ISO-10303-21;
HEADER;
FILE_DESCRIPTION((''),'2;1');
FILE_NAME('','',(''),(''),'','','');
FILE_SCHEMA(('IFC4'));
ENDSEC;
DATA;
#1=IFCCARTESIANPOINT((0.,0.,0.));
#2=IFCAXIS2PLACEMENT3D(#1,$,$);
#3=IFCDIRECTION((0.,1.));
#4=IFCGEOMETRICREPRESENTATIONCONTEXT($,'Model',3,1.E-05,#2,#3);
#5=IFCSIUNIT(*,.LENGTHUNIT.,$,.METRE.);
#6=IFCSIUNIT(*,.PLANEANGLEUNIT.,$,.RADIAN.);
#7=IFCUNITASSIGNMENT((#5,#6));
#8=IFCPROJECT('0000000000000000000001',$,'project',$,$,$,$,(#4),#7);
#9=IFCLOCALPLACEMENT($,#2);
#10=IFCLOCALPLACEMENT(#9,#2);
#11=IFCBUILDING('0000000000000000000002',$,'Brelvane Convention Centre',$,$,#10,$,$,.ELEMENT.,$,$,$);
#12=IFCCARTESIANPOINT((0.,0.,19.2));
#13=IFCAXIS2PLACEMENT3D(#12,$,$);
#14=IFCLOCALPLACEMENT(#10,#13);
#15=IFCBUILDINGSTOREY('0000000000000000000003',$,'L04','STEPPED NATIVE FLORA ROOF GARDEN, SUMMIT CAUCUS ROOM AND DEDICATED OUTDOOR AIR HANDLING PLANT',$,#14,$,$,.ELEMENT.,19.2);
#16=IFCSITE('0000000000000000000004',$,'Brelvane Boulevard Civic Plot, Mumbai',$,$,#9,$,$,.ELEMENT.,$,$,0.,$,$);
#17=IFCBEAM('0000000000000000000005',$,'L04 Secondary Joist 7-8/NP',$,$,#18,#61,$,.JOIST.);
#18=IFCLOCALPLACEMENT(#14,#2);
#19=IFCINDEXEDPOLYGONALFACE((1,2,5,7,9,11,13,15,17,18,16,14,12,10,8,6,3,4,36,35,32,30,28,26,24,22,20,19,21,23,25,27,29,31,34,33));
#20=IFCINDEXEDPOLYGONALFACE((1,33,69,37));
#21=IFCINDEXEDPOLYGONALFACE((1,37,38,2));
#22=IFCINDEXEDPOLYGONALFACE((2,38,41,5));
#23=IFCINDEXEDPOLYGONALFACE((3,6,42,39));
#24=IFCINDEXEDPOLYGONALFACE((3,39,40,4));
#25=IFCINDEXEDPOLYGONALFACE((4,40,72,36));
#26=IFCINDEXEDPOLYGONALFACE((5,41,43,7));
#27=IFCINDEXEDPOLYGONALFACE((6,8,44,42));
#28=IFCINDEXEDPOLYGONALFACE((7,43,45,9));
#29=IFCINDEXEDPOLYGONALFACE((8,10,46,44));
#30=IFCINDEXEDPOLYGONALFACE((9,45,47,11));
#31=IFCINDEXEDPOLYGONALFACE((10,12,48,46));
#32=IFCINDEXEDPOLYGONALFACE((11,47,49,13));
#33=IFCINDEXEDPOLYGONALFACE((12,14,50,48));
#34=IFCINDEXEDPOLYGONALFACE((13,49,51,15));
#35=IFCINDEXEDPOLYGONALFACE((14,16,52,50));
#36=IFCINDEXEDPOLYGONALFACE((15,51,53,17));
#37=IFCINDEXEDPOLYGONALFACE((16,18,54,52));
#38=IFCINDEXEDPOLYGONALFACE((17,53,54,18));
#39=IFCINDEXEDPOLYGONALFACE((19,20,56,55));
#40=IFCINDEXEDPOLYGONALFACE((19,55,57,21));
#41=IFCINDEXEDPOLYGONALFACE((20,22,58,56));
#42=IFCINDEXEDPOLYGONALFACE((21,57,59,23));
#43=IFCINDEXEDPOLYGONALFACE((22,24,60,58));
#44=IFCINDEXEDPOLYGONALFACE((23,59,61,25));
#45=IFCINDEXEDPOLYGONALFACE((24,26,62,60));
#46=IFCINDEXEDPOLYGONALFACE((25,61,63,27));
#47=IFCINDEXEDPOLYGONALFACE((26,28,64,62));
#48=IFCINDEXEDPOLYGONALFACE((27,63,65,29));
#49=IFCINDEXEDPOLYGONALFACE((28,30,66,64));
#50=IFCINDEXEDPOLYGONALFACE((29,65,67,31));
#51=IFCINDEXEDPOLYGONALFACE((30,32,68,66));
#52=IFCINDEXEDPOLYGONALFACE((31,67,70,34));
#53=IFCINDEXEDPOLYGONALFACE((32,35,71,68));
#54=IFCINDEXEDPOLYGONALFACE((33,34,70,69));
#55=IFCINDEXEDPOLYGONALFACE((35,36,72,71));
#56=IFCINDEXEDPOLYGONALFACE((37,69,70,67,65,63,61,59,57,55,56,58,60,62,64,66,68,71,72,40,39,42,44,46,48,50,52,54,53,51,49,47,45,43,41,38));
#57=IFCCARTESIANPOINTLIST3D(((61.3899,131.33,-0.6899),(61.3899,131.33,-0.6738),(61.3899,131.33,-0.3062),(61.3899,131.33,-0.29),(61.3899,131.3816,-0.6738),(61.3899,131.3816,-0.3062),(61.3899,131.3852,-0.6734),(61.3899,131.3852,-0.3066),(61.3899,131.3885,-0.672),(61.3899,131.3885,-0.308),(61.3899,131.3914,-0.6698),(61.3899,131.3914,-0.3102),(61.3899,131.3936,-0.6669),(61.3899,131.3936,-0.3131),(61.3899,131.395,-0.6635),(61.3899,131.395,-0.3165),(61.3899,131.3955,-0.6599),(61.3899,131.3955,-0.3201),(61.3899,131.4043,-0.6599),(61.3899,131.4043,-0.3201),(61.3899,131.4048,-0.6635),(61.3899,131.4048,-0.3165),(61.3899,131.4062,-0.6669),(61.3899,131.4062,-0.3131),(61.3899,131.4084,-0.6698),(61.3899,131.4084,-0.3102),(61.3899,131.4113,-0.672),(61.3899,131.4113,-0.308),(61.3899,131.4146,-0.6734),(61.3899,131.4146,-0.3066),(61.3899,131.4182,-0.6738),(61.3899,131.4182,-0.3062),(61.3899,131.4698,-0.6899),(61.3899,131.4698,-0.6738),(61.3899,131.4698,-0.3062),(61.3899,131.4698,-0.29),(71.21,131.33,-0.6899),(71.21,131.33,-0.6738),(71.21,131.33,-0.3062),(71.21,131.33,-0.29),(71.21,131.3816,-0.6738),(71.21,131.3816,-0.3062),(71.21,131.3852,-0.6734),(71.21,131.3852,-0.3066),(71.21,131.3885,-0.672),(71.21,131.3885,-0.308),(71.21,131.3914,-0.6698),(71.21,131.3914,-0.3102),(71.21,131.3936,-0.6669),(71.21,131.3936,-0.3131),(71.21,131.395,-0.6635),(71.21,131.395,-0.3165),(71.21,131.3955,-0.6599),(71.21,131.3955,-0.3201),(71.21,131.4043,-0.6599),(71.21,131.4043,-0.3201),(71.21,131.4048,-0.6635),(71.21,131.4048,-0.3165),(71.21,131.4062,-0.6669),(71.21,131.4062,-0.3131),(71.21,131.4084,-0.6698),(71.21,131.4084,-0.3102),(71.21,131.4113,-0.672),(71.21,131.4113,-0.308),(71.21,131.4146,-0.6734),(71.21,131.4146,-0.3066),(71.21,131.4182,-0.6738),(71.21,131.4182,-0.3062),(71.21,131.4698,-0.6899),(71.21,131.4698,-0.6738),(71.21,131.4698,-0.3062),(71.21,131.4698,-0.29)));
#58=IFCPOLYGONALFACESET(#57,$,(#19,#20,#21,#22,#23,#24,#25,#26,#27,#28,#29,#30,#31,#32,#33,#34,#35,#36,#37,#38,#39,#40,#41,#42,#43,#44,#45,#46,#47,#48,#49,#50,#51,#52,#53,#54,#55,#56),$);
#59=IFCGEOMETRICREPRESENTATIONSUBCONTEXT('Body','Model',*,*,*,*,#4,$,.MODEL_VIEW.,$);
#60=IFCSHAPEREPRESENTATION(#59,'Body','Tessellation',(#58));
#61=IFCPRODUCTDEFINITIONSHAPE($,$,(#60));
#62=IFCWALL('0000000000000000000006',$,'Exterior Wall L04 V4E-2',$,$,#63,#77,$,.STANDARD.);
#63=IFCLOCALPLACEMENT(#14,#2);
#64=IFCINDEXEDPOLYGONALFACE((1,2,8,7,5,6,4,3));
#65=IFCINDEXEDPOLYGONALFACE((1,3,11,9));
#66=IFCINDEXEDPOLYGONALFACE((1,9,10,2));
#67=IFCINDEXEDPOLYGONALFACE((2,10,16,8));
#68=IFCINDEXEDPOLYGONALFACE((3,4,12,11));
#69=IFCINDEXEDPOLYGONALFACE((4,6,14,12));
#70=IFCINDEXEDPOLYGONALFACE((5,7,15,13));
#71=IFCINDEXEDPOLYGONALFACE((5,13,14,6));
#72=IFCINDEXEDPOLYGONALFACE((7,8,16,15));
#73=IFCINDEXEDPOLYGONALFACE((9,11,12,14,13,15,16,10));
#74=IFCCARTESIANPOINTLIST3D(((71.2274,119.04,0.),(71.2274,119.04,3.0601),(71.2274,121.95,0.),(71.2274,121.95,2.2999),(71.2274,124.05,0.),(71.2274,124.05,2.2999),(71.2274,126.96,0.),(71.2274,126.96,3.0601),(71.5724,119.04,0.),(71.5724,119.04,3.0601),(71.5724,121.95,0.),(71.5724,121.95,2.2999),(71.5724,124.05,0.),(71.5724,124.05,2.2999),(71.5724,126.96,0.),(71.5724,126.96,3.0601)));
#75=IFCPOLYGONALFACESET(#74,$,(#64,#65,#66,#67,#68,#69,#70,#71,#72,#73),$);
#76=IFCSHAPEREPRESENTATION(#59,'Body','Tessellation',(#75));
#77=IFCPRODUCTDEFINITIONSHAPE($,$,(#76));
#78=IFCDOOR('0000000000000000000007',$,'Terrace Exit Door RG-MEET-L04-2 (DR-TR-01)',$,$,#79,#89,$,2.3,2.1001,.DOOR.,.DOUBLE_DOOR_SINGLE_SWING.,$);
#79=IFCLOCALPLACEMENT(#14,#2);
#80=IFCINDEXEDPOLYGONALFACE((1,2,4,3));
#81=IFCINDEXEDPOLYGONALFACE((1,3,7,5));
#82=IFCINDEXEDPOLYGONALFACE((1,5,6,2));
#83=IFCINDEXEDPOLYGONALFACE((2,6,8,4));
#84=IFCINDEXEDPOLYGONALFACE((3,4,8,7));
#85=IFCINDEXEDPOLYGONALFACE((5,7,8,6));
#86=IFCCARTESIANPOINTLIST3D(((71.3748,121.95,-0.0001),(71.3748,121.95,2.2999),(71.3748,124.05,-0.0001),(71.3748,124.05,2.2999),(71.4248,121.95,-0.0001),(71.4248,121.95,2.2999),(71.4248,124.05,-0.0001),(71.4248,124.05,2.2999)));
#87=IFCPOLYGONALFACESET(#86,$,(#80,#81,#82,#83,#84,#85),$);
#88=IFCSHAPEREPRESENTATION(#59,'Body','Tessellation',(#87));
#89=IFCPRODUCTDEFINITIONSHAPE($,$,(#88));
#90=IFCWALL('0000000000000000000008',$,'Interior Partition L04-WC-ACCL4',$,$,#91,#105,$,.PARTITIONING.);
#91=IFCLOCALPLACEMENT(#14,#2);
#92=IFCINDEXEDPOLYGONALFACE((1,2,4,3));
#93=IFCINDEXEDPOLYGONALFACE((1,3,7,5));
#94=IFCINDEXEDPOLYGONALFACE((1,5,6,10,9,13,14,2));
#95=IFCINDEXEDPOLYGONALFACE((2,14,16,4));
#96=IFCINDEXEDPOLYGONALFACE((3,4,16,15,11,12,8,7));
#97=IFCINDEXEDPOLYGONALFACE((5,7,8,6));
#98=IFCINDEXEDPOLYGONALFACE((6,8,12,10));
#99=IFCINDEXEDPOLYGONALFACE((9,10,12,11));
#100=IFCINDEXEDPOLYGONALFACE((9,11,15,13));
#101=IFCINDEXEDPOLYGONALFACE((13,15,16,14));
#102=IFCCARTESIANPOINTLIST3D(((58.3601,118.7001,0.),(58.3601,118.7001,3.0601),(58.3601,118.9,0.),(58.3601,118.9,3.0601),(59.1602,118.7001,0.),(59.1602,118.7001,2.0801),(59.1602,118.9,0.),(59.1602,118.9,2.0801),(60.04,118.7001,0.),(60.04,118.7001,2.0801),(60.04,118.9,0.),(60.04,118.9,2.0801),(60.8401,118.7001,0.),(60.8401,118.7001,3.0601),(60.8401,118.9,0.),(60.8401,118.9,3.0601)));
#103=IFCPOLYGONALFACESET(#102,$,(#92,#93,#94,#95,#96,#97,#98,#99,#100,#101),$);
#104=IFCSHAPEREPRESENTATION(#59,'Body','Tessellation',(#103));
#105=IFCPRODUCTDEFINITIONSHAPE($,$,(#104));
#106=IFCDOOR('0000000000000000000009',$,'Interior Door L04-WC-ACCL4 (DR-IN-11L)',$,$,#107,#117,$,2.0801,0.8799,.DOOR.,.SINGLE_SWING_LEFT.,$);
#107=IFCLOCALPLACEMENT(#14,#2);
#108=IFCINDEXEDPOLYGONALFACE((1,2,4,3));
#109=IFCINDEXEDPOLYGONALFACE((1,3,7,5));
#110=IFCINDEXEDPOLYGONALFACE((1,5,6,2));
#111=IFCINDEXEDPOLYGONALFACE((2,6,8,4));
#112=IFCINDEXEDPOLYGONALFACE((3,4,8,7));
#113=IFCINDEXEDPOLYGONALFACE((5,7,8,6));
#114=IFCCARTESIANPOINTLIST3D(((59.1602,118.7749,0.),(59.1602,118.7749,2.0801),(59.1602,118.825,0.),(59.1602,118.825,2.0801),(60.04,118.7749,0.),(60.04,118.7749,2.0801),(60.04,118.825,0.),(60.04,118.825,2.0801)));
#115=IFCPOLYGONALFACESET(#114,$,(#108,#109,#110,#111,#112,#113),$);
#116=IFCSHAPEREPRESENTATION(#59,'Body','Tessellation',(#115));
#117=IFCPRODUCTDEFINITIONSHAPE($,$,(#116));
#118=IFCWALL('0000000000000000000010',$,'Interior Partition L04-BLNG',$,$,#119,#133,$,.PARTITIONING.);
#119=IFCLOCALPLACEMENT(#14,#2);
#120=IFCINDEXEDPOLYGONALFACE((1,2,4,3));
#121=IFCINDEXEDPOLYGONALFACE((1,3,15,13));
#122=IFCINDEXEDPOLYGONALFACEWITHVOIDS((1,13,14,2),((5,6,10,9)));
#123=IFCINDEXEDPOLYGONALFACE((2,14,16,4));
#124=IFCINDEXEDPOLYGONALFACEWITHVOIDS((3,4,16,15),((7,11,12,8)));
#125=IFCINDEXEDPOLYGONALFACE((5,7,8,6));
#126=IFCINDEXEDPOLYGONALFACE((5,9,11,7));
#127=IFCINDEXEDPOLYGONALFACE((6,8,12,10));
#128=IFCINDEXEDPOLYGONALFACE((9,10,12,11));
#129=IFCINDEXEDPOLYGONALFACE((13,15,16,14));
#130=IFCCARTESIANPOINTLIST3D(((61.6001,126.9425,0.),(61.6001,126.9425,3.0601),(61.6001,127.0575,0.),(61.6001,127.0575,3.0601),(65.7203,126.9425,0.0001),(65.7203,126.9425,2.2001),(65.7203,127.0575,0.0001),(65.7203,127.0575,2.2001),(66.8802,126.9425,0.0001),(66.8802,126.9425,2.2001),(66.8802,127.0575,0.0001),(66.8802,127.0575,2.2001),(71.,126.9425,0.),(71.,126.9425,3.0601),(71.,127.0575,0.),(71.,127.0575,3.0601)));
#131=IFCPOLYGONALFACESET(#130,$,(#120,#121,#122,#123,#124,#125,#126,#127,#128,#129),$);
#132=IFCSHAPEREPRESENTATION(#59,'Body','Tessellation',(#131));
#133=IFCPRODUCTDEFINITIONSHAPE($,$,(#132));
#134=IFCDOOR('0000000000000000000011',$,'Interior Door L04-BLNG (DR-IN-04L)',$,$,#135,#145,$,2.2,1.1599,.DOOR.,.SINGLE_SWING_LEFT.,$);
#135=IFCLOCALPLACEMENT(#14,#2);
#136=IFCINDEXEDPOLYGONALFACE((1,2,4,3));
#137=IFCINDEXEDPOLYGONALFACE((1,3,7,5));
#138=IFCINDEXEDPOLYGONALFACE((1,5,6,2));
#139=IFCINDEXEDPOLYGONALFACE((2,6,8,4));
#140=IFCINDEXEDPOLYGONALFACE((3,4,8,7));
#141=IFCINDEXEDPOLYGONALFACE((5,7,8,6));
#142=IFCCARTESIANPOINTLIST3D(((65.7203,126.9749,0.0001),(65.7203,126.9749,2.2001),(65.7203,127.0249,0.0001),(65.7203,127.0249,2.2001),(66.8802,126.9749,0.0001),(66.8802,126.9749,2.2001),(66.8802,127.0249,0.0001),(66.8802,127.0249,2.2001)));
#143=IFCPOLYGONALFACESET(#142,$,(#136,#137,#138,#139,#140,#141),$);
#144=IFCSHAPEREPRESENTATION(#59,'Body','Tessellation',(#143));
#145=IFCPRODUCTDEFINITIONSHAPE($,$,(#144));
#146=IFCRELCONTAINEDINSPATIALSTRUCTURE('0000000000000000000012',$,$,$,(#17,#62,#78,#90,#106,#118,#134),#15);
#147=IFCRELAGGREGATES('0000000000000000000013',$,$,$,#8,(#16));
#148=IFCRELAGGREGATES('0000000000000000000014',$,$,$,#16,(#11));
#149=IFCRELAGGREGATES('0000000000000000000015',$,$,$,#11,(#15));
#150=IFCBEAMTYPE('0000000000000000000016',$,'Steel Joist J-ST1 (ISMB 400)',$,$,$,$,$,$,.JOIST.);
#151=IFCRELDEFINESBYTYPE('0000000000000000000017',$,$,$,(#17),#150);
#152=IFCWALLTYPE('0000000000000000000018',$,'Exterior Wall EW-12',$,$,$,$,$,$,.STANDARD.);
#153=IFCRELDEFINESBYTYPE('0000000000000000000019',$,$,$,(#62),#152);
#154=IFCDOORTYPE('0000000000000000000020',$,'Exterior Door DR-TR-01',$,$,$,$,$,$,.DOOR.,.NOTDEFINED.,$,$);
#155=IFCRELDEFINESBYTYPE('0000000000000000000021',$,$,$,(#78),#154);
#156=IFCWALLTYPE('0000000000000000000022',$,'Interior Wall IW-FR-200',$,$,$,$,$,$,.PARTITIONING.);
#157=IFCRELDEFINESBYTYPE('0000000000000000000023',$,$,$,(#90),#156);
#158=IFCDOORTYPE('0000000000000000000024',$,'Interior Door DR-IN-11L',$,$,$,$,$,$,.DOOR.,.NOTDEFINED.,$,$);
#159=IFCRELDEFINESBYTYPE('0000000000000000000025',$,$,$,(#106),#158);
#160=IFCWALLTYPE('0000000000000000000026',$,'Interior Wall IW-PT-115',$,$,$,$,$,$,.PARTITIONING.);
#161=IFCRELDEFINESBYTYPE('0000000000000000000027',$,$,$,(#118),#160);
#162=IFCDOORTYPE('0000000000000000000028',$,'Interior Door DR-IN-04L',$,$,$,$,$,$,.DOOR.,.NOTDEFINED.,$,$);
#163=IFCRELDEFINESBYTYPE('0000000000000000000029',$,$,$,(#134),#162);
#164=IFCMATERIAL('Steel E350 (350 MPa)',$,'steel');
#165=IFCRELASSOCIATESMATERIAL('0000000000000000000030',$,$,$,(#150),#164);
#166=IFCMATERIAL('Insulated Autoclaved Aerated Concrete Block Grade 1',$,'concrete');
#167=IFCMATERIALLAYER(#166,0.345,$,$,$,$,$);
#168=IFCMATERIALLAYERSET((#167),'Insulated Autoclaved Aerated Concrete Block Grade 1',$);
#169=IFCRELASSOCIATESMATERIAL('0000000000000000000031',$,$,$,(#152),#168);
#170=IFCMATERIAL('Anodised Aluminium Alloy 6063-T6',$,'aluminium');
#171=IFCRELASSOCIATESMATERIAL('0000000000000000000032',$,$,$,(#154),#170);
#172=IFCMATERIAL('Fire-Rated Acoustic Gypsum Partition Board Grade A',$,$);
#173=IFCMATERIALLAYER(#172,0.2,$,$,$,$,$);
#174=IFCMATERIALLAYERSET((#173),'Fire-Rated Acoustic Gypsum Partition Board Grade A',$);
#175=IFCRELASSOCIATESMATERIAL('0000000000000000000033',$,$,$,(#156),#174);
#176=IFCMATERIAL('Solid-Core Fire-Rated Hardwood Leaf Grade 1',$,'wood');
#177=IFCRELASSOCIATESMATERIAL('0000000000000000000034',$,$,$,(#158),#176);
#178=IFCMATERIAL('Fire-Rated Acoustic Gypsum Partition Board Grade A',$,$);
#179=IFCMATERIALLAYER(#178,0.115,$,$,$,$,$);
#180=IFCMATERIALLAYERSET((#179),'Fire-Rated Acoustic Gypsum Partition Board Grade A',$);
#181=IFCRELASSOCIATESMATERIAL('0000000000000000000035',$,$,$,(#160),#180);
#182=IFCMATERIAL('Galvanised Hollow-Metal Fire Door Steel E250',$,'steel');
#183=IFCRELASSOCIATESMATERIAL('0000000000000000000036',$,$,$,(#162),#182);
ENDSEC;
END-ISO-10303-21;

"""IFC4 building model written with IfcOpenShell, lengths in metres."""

from ifc_helpers import new_model, si_unit, direction, frame, frame_2d, origin, origin_2d, place, context, subcontext, project, spatial, rectangle, i_section, extrude, material, layer, layer_set, material_profile, profile_set, type_object, element, fill, save


model = new_model("IFC4")

# Units and contexts
model_context = context("Model", 3, precision=1e-05, world=origin(), true_north=direction((0.0, 1.0)))
body_context = subcontext(model_context, "Body", "Model", "MODEL_VIEW")
ifc_project = project(units=[si_unit("LENGTHUNIT", "METRE"), si_unit("PLANEANGLEUNIT", "RADIAN")], contexts=[model_context])

# Site, building, storey
site_placement = place(None, origin())
site = spatial("IfcSite", under=ifc_project, at=site_placement, Name="Brelvane Boulevard Civic Plot, Mumbai", CompositionType="ELEMENT", RefElevation=0.0)
building_placement = place(site_placement, origin())
building = spatial("IfcBuilding", under=site, at=building_placement, Name="Brelvane Convention Centre", CompositionType="ELEMENT")
storey_placement = place(building_placement, frame((0.0, 0.0, 19.2)))
storey = spatial("IfcBuildingStorey", under=building, at=storey_placement, Name="L04", Description="STEPPED NATIVE FLORA ROOF GARDEN, SUMMIT CAUCUS ROOM AND DEDICATED OUTDOOR AIR HANDLING PLANT", CompositionType="ELEMENT", Elevation=19.2)

# Beam
ifc_material_1 = material(Name="Steel E350 (350 MPa)", Category="steel")
ifc_material_profile_1 = material_profile(ifc_material_1, i_section(OverallWidth=0.1399, OverallDepth=0.3999, WebThickness=0.0088, FlangeThickness=0.0161, FilletRadius=0.0139, at=origin_2d()), Name="ISMB 400")
ifc_profile_set_1 = profile_set([ifc_material_profile_1], Name="Steel E350 (350 MPa)")
beam_type_1 = type_object("IfcBeamType", Name="Steel Joist J-ST1 (ISMB 400)", PredefinedType="JOIST", material=ifc_profile_set_1)
for number, where, z_axis, x_axis, name in (
    (1, (61.3899, 131.3999, -0.49), (1.0, 0.0, 0.0), (0.0, 1.0, 0.0), "L04 Secondary Joist 7-8/NP"),
):
    element("IfcBeam", number, at=place(storey_placement, frame(where, z_axis=z_axis, x_axis=x_axis)), inside=storey, type_object=beam_type_1, Name=name, PredefinedType="JOIST", context=body_context, shape_type="SweptSolid", body=[
        extrude(i_section(OverallWidth=0.1399, OverallDepth=0.3999, WebThickness=0.0088, FlangeThickness=0.0161, FilletRadius=0.0139, at=origin_2d()), origin(), (0.0, 0.0, 1.0), 9.8201),
    ])

# Walls, openings, doors
ifc_material_2 = material(Name="Insulated Autoclaved Aerated Concrete Block Grade 1", Category="concrete")
ifc_layer_1 = layer(ifc_material_2, 0.345)
ifc_layer_set_1 = layer_set([ifc_layer_1], Name="Insulated Autoclaved Aerated Concrete Block Grade 1")
wall_type_1 = type_object("IfcWallType", Name="Exterior Wall EW-12", PredefinedType="STANDARD", material=ifc_layer_set_1)
wall_1_placement = place(storey_placement, frame((71.3999, 119.04, 0.0), z_axis=(0.0, 0.0, 1.0), x_axis=(0.0, 1.0, 0.0)))
wall_1 = element("IfcWall", 2, at=wall_1_placement, inside=storey, type_object=wall_type_1, Name="Exterior Wall L04 V4E-2", PredefinedType="STANDARD", context=body_context, shape_type="SweptSolid", body=[
    extrude(rectangle(XDim=7.9199, YDim=0.345, at=frame_2d((3.96, 0.0))), origin(), (0.0, 0.0, 1.0), 3.0601),
])
opening_1_placement = place(wall_1_placement, frame((2.9099, 0.0, 0.0)))
opening_1 = element("IfcOpeningElement", 3, at=opening_1_placement, cuts=wall_1, PredefinedType="OPENING", context=body_context, shape_type="SweptSolid", body=[
    extrude(rectangle(XDim=2.1001, YDim=2.3, at=frame_2d((1.05, 1.1499))), frame((0.0, 0.1824, 0.0), z_axis=(0.0, -1.0, 0.0), x_axis=(1.0, 0.0, 0.0)), (0.0, 0.0, 1.0), 0.365),
])
ifc_material_3 = material(Name="Anodised Aluminium Alloy 6063-T6", Category="aluminium")
door_type_1 = type_object("IfcDoorType", Name="Exterior Door DR-TR-01", OperationType="NOTDEFINED", PredefinedType="DOOR", material=ifc_material_3)
door_1_placement = place(opening_1_placement, frame((2.1001, 0.0, 0.0), z_axis=(0.0, 0.0, 1.0), x_axis=(-1.0, 0.0, 0.0)))
door_1 = element("IfcDoor", 4, at=door_1_placement, inside=storey, type_object=door_type_1, Name="Terrace Exit Door RG-MEET-L04-2 (DR-TR-01)", OperationType="DOUBLE_DOOR_SINGLE_SWING", OverallHeight=2.3, OverallWidth=2.1001, PredefinedType="DOOR", context=body_context, shape_type="SweptSolid", body=[
    extrude(rectangle(XDim=2.1001, YDim=2.3, at=frame_2d((1.05, 1.1499))), frame((0.0, 0.0249, 0.0), z_axis=(0.0, -1.0, 0.0), x_axis=(1.0, 0.0, 0.0)), (0.0, 0.0, 1.0), 0.05),
])
fill(opening_1, door_1)
ifc_material_4 = material(Name="Fire-Rated Acoustic Gypsum Partition Board Grade A")
ifc_layer_2 = layer(ifc_material_4, 0.2)
ifc_layer_set_2 = layer_set([ifc_layer_2], Name="Fire-Rated Acoustic Gypsum Partition Board Grade A")
wall_type_2 = type_object("IfcWallType", Name="Interior Wall IW-FR-200", PredefinedType="PARTITIONING", material=ifc_layer_set_2)
wall_2_placement = place(storey_placement, frame((58.3601, 118.8, 0.0), z_axis=(0.0, 0.0, 1.0), x_axis=(1.0, 0.0, 0.0)))
wall_2 = element("IfcWall", 5, at=wall_2_placement, inside=storey, type_object=wall_type_2, Name="Interior Partition L04-WC-ACCL4", PredefinedType="PARTITIONING", context=body_context, shape_type="SweptSolid", body=[
    extrude(rectangle(XDim=2.48, YDim=0.2, at=frame_2d((1.24, 0.0))), origin(), (0.0, 0.0, 1.0), 3.0601),
])
opening_2_placement = place(wall_2_placement, frame((0.8, 0.0, 0.0)))
opening_2 = element("IfcOpeningElement", 6, at=opening_2_placement, cuts=wall_2, PredefinedType="OPENING", context=body_context, shape_type="SweptSolid", body=[
    extrude(rectangle(XDim=0.8799, YDim=2.0801, at=frame_2d((0.4399, 1.04))), frame((0.0, 0.1099, 0.0), z_axis=(0.0, -1.0, 0.0), x_axis=(1.0, 0.0, 0.0)), (0.0, 0.0, 1.0), 0.22),
])
ifc_material_5 = material(Name="Solid-Core Fire-Rated Hardwood Leaf Grade 1", Category="wood")
door_type_2 = type_object("IfcDoorType", Name="Interior Door DR-IN-11L", OperationType="NOTDEFINED", PredefinedType="DOOR", material=ifc_material_5)
door_2_placement = place(opening_2_placement, origin())
door_2 = element("IfcDoor", 7, at=door_2_placement, inside=storey, type_object=door_type_2, Name="Interior Door L04-WC-ACCL4 (DR-IN-11L)", OperationType="SINGLE_SWING_LEFT", OverallHeight=2.0801, OverallWidth=0.8799, PredefinedType="DOOR", context=body_context, shape_type="SweptSolid", body=[
    extrude(rectangle(XDim=0.8799, YDim=2.0801, at=frame_2d((0.4399, 1.04))), frame((0.0, 0.0249, 0.0), z_axis=(0.0, -1.0, 0.0), x_axis=(1.0, 0.0, 0.0)), (0.0, 0.0, 1.0), 0.05),
])
fill(opening_2, door_2)
ifc_material_6 = material(Name="Fire-Rated Acoustic Gypsum Partition Board Grade A")
ifc_layer_3 = layer(ifc_material_6, 0.115)
ifc_layer_set_3 = layer_set([ifc_layer_3], Name="Fire-Rated Acoustic Gypsum Partition Board Grade A")
wall_type_3 = type_object("IfcWallType", Name="Interior Wall IW-PT-115", PredefinedType="PARTITIONING", material=ifc_layer_set_3)
wall_3_placement = place(storey_placement, frame((61.6001, 127.0, 0.0), z_axis=(0.0, 0.0, 1.0), x_axis=(1.0, 0.0, 0.0)))
wall_3 = element("IfcWall", 8, at=wall_3_placement, inside=storey, type_object=wall_type_3, Name="Interior Partition L04-BLNG", PredefinedType="PARTITIONING", context=body_context, shape_type="SweptSolid", body=[
    extrude(rectangle(XDim=9.3999, YDim=0.115, at=frame_2d((4.7, 0.0))), origin(), (0.0, 0.0, 1.0), 3.0601),
])
opening_3_placement = place(wall_3_placement, frame((4.1201, 0.0, 0.0)))
opening_3 = element("IfcOpeningElement", 9, at=opening_3_placement, cuts=wall_3, PredefinedType="OPENING", context=body_context, shape_type="SweptSolid", body=[
    extrude(rectangle(XDim=1.1599, YDim=2.2, at=frame_2d((0.5801, 1.1001))), frame((0.0, 0.0674, 0.0), z_axis=(0.0, -1.0, 0.0), x_axis=(1.0, 0.0, 0.0)), (0.0, 0.0, 1.0), 0.135),
])
ifc_material_7 = material(Name="Galvanised Hollow-Metal Fire Door Steel E250", Category="steel")
door_type_3 = type_object("IfcDoorType", Name="Interior Door DR-IN-04L", OperationType="NOTDEFINED", PredefinedType="DOOR", material=ifc_material_7)
door_3_placement = place(opening_3_placement, origin())
door_3 = element("IfcDoor", 10, at=door_3_placement, inside=storey, type_object=door_type_3, Name="Interior Door L04-BLNG (DR-IN-04L)", OperationType="SINGLE_SWING_LEFT", OverallHeight=2.2, OverallWidth=1.1599, PredefinedType="DOOR", context=body_context, shape_type="SweptSolid", body=[
    extrude(rectangle(XDim=1.1599, YDim=2.2, at=frame_2d((0.5801, 1.1001))), frame((0.0, 0.0249, 0.0), z_axis=(0.0, -1.0, 0.0), x_axis=(1.0, 0.0, 0.0)), (0.0, 0.0, 1.0), 0.05),
])
fill(opening_3, door_3)

save(model, "model.ifc")
